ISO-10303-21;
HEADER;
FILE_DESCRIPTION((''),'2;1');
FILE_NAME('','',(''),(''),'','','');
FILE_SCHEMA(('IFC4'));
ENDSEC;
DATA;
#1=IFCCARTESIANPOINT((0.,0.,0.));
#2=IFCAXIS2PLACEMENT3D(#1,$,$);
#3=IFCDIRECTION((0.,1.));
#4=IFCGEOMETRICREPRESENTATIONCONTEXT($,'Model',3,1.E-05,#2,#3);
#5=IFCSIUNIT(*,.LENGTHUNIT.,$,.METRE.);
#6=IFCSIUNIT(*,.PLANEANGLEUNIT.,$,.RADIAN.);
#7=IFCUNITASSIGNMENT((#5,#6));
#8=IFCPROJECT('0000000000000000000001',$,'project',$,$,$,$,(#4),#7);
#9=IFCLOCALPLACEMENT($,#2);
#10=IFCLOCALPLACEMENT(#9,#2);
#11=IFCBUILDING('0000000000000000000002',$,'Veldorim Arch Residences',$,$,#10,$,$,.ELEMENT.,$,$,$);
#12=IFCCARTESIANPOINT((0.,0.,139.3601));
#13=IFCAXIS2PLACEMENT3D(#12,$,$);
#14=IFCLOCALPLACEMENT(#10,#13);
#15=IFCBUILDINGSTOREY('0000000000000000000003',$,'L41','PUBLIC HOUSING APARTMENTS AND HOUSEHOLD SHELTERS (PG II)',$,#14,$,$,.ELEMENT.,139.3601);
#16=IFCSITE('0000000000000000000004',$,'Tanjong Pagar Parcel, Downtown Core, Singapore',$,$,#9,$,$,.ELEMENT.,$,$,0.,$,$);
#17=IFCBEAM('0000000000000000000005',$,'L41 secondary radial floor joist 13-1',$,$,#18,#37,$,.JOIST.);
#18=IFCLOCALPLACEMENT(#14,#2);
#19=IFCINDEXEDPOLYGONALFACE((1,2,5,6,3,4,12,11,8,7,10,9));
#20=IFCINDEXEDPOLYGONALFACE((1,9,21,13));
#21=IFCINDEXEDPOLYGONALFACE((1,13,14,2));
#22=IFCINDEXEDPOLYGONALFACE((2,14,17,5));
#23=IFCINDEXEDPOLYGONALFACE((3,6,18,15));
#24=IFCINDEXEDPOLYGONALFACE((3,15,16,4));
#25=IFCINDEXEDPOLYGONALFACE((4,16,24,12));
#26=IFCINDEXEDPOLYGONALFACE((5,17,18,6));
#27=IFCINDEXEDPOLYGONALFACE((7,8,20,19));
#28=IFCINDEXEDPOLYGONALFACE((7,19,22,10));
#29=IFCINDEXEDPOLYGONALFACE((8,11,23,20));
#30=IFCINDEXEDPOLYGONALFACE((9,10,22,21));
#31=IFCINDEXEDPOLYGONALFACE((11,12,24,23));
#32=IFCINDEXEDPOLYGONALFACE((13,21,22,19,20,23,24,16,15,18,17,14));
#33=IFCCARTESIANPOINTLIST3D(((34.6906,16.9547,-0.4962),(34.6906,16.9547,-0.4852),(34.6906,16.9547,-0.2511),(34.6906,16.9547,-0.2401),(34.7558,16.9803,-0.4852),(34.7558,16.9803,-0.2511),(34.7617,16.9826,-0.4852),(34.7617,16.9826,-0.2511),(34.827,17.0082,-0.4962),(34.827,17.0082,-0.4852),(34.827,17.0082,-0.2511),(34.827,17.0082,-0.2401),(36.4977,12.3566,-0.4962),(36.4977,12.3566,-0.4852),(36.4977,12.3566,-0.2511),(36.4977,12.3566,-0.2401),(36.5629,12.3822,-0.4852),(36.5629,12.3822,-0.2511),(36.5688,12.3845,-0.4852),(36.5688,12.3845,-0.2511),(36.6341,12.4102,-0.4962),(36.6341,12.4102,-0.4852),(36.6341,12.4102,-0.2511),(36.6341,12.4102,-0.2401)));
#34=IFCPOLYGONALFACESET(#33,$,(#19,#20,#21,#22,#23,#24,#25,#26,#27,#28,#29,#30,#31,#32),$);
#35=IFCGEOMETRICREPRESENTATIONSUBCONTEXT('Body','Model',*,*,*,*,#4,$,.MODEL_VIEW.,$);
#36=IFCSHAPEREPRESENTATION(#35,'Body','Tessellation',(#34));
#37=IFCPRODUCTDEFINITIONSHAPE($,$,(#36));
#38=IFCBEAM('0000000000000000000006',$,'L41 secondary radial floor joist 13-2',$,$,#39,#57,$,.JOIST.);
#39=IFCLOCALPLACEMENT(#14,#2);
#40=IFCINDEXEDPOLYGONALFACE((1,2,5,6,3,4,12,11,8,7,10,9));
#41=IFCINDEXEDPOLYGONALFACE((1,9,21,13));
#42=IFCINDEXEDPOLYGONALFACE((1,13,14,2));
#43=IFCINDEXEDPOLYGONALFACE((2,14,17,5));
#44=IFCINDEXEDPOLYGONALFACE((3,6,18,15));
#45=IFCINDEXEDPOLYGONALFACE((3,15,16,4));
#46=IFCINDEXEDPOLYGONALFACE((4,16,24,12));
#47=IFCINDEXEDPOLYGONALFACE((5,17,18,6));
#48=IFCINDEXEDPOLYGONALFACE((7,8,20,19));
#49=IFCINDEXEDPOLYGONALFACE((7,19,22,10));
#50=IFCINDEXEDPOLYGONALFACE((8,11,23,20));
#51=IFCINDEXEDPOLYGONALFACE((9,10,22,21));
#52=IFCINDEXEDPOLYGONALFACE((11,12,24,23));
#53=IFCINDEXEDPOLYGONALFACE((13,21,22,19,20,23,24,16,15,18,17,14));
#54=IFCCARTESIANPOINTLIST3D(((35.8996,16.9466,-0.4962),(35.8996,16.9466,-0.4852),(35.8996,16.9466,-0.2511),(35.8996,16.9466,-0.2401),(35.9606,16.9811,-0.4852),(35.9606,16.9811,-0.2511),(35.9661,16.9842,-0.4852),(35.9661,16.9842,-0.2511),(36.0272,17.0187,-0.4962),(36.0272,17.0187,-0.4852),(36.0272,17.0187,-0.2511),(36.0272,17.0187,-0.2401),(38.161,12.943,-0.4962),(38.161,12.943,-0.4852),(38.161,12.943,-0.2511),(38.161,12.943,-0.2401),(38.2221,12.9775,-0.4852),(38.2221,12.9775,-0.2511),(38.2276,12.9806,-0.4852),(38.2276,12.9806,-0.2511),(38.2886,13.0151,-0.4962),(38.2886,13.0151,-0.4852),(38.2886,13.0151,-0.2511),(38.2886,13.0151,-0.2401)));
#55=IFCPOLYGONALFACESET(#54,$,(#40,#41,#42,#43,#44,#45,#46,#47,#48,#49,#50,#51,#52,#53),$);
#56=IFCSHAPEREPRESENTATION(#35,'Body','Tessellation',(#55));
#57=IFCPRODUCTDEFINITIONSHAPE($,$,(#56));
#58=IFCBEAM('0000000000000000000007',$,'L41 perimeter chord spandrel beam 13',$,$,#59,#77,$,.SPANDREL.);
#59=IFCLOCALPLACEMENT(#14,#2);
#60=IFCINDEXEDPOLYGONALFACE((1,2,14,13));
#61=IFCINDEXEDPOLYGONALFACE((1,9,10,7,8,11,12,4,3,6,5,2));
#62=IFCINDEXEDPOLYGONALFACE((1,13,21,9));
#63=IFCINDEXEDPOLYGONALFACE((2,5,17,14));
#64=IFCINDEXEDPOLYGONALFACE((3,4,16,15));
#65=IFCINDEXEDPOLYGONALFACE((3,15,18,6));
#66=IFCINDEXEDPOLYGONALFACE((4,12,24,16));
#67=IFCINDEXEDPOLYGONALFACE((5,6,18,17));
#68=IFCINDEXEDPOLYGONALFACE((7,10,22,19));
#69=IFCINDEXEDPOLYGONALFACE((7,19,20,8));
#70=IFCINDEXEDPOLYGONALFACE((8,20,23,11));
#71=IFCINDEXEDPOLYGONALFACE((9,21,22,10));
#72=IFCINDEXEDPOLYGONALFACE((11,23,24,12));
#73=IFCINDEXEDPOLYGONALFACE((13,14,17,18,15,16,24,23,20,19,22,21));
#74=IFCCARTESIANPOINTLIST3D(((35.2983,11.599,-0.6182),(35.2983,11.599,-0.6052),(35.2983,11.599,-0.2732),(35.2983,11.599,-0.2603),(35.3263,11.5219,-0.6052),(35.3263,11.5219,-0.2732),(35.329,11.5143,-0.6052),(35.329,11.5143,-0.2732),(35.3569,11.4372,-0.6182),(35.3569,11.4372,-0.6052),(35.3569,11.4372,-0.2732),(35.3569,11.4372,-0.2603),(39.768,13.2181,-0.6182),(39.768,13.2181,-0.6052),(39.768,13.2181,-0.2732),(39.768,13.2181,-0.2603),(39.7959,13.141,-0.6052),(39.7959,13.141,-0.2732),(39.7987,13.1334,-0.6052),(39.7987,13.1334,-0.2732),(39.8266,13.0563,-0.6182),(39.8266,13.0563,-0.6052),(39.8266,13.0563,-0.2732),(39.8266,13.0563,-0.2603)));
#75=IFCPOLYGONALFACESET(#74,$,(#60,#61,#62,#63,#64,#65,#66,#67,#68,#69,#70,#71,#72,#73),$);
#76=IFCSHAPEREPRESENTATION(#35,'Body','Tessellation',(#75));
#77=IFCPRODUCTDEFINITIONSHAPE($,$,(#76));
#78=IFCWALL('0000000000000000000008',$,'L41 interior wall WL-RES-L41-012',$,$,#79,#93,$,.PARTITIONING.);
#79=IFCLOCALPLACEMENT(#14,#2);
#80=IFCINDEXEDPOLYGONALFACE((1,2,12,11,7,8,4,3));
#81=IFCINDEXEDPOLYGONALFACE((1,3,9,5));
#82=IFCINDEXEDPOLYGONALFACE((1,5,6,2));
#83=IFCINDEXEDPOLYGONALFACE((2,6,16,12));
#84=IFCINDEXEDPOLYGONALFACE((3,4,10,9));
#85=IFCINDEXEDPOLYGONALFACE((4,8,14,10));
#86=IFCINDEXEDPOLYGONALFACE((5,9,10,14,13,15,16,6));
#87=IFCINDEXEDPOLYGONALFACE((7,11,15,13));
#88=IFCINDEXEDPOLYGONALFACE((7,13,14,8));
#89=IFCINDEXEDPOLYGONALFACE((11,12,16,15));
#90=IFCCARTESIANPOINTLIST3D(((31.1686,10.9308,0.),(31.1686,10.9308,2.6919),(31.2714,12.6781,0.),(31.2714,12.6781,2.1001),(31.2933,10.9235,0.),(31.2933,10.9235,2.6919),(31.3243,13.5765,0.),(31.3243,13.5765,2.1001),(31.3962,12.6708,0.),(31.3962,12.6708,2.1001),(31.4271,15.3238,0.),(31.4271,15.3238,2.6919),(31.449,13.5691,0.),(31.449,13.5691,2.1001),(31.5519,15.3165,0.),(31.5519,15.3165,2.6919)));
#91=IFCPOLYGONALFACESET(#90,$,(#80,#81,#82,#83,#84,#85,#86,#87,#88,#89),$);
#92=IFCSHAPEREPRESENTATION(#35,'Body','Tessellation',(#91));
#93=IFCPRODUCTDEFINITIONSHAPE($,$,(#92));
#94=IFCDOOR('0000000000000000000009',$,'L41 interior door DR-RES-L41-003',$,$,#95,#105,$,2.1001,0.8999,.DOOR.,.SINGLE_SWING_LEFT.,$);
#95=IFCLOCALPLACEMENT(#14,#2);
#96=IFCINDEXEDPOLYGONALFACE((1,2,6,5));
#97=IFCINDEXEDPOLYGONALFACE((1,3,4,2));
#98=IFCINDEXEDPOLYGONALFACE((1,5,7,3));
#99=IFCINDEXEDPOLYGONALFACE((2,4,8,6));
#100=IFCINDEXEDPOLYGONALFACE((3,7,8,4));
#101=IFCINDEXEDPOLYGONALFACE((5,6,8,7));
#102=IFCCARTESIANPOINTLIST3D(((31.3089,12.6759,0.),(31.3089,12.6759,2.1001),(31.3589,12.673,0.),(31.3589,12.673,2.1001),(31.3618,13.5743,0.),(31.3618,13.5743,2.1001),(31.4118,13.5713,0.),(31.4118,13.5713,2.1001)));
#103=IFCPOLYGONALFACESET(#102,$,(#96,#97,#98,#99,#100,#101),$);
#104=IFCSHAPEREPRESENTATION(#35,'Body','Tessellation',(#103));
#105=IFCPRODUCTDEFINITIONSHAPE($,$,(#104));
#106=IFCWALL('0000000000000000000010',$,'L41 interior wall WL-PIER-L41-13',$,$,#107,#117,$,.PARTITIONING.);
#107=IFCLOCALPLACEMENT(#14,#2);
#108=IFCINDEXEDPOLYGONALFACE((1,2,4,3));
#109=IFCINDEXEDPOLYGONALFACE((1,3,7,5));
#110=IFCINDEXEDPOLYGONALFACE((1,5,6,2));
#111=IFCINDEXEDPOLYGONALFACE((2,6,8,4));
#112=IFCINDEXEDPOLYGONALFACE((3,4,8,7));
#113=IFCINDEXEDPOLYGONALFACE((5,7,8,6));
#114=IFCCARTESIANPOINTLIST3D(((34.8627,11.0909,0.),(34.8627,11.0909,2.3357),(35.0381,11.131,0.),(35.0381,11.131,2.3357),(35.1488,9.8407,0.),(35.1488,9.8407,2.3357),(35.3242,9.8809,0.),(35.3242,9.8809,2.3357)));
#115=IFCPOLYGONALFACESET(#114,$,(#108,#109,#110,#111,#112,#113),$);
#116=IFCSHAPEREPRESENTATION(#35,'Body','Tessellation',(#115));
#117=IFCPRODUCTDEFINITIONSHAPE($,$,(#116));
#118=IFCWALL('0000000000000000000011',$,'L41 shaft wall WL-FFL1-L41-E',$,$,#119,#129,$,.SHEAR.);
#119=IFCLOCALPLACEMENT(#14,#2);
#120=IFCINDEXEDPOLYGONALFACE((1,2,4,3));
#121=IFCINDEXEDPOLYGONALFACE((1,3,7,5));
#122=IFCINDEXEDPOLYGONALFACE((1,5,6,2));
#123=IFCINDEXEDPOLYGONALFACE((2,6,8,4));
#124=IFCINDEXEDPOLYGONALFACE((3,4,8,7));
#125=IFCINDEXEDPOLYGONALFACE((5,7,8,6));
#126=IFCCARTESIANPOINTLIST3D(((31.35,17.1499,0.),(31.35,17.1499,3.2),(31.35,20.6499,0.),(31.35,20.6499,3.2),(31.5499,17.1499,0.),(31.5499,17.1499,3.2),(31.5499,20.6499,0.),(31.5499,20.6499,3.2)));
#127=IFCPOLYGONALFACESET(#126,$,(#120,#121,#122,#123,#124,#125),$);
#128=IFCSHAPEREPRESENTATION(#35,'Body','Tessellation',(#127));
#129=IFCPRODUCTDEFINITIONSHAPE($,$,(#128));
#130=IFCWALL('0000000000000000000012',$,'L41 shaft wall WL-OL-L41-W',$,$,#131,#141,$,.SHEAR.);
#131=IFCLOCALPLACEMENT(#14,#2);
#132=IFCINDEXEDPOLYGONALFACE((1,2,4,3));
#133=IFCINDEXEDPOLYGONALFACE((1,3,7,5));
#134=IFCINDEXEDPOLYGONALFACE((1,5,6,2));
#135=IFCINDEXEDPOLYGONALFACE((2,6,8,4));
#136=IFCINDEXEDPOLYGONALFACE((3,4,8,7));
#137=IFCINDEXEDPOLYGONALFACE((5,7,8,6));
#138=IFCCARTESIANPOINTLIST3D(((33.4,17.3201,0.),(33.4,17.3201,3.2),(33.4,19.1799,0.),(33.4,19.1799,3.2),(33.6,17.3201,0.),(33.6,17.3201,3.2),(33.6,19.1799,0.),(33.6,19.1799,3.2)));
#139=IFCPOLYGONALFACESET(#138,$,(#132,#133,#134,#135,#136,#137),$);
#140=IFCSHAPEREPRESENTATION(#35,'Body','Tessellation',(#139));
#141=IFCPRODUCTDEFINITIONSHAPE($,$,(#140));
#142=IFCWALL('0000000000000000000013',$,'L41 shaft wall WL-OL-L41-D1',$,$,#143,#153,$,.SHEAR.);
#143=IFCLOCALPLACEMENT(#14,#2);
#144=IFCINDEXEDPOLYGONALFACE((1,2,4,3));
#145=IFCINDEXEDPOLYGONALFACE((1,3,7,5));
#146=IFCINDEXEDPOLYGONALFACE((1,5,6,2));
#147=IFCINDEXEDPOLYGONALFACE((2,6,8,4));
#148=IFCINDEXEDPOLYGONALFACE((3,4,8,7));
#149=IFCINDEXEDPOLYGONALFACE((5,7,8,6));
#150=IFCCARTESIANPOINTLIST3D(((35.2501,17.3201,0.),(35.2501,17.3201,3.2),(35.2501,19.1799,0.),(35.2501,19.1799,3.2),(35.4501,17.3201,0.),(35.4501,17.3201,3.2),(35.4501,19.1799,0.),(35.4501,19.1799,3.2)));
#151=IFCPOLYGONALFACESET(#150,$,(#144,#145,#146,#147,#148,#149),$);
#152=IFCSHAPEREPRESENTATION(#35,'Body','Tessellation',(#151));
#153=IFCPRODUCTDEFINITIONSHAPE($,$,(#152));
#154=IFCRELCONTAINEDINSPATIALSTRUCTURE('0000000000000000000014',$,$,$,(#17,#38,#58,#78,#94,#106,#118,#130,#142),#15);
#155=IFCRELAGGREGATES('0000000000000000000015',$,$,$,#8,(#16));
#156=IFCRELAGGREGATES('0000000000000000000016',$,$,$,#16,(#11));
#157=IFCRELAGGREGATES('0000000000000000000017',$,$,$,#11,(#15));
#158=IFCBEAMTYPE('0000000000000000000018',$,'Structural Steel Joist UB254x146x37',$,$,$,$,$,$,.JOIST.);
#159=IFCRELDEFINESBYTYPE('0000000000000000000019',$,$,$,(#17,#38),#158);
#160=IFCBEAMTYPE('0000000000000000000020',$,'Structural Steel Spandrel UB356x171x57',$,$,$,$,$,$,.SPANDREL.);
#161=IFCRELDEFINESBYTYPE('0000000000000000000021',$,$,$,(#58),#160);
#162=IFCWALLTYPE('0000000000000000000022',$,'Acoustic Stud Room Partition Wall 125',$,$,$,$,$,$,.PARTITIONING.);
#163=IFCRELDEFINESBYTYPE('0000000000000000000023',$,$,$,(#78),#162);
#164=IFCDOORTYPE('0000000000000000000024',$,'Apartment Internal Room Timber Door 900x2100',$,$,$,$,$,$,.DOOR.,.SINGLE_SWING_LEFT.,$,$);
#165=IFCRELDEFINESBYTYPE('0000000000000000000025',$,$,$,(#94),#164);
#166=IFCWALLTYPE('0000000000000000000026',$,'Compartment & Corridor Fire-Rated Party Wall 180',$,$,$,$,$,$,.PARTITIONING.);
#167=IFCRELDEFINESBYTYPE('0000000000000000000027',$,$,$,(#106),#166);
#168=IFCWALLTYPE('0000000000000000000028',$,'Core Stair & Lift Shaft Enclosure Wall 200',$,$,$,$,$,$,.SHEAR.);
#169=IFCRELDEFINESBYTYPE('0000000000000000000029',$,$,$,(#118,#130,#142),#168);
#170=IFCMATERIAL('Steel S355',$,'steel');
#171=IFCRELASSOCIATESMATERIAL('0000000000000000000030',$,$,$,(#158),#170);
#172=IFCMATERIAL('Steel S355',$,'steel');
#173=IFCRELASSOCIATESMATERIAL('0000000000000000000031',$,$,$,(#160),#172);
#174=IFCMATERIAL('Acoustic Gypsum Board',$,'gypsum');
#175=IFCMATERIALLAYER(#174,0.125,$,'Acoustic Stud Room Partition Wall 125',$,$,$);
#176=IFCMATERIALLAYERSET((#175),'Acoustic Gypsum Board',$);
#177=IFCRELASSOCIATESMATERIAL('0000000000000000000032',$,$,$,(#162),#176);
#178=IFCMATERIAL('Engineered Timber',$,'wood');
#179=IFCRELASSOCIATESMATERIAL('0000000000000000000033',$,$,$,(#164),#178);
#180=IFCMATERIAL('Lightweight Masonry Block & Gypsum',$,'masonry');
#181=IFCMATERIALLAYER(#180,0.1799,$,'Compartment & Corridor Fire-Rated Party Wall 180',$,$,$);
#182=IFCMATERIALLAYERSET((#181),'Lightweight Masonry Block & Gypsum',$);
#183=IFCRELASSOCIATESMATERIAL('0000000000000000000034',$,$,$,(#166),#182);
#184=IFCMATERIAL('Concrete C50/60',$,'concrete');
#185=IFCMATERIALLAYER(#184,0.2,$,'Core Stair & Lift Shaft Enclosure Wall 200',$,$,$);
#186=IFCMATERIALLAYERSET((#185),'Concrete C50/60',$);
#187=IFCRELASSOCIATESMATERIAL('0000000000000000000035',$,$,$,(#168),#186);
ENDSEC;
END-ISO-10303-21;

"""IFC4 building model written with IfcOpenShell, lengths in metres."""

from ifc_helpers import new_model, si_unit, direction, frame, frame_2d, origin, origin_2d, place, context, subcontext, project, spatial, rectangle, i_section, extrude, material, layer, layer_set, material_profile, profile_set, type_object, element, fill, save


model = new_model("IFC4")

# Units and contexts
model_context = context("Model", 3, precision=1e-05, world=origin(), true_north=direction((0.0, 1.0)))
body_context = subcontext(model_context, "Body", "Model", "MODEL_VIEW")
ifc_project = project(units=[si_unit("LENGTHUNIT", "METRE"), si_unit("PLANEANGLEUNIT", "RADIAN")], contexts=[model_context])

# Site, building, storey
site_placement = place(None, origin())
site = spatial("IfcSite", under=ifc_project, at=site_placement, Name="Tanjong Pagar Parcel, Downtown Core, Singapore", CompositionType="ELEMENT", RefElevation=0.0)
building_placement = place(site_placement, origin())
building = spatial("IfcBuilding", under=site, at=building_placement, Name="Veldorim Arch Residences", CompositionType="ELEMENT")
storey_placement = place(building_placement, frame((0.0, 0.0, 139.3601)))
storey = spatial("IfcBuildingStorey", under=building, at=storey_placement, Name="L41", Description="PUBLIC HOUSING APARTMENTS AND HOUSEHOLD SHELTERS (PG II)", CompositionType="ELEMENT", Elevation=139.3601)

# Beams
ifc_material_1 = material(Name="Steel S355", Category="steel")
ifc_material_profile_1 = material_profile(ifc_material_1, i_section(OverallWidth=0.1465, OverallDepth=0.2561, WebThickness=0.0063, FlangeThickness=0.011, at=origin_2d()), Name="UB254x146x37")
ifc_profile_set_1 = profile_set([ifc_material_profile_1], Name="Steel S355")
beam_type_1 = type_object("IfcBeamType", Name="Structural Steel Joist UB254x146x37", PredefinedType="JOIST", material=ifc_profile_set_1)
beam_1_placement = place(storey_placement, frame((34.7588, 16.9814, -0.3682), z_axis=(0.365778, -0.930702, 0.0), x_axis=(0.930702, 0.365778, 0.0)))
element("IfcBeam", 1, at=beam_1_placement, inside=storey, type_object=beam_type_1, Name="L41 secondary radial floor joist 13-1", PredefinedType="JOIST", context=body_context, shape_type="SweptSolid", body=[
    extrude(i_section(OverallWidth=0.1465, OverallDepth=0.2561, WebThickness=0.0063, FlangeThickness=0.011, at=origin_2d()), origin(), (0.0, 0.0, 1.0), 4.9404),
])
beam_2_placement = place(storey_placement, frame((35.9634, 16.9827, -0.3682), z_axis=(0.491816, -0.870699, 0.0), x_axis=(0.870699, 0.491816, 0.0)))
element("IfcBeam", 2, at=beam_2_placement, inside=storey, type_object=beam_type_1, Name="L41 secondary radial floor joist 13-2", PredefinedType="JOIST", context=body_context, shape_type="SweptSolid", body=[
    extrude(i_section(OverallWidth=0.1465, OverallDepth=0.2561, WebThickness=0.0063, FlangeThickness=0.011, at=origin_2d()), origin(), (0.0, 0.0, 1.0), 4.5981),
])
ifc_material_2 = material(Name="Steel S355", Category="steel")
ifc_material_profile_2 = material_profile(ifc_material_2, i_section(OverallWidth=0.1721, OverallDepth=0.3579, WebThickness=0.0081, FlangeThickness=0.0129, at=origin_2d()), Name="UB356x171x57")
ifc_profile_set_2 = profile_set([ifc_material_profile_2], Name="Steel S355")
beam_type_2 = type_object("IfcBeamType", Name="Structural Steel Spandrel UB356x171x57", PredefinedType="SPANDREL", material=ifc_profile_set_2)
beam_3_placement = place(storey_placement, frame((35.3276, 11.5181, -0.4392), z_axis=(0.940213, 0.340588, 0.0), x_axis=(-0.340588, 0.940213, 0.0)))
element("IfcBeam", 3, at=beam_3_placement, inside=storey, type_object=beam_type_2, Name="L41 perimeter chord spandrel beam 13", PredefinedType="SPANDREL", context=body_context, shape_type="SweptSolid", body=[
    extrude(i_section(OverallWidth=0.1721, OverallDepth=0.3579, WebThickness=0.0081, FlangeThickness=0.0129, at=origin_2d()), origin(), (0.0, 0.0, 1.0), 4.7539),
])

# Wall, opening, door
ifc_material_3 = material(Name="Acoustic Gypsum Board", Category="gypsum")
ifc_layer_1 = layer(ifc_material_3, 0.125, Name="Acoustic Stud Room Partition Wall 125")
ifc_layer_set_1 = layer_set([ifc_layer_1], Name="Acoustic Gypsum Board")
wall_type_1 = type_object("IfcWallType", Name="Acoustic Stud Room Partition Wall 125", PredefinedType="PARTITIONING", material=ifc_layer_set_1)
wall_1_placement = place(storey_placement, frame((31.231, 10.9272, 0.0), z_axis=(0.0, 0.0, 1.0), x_axis=(0.058751, 0.998273, 0.0)))
wall_1 = element("IfcWall", 4, at=wall_1_placement, inside=storey, type_object=wall_type_1, Name="L41 interior wall WL-RES-L41-012", PredefinedType="PARTITIONING", context=body_context, shape_type="SweptSolid", body=[
    extrude(rectangle(XDim=4.4006, YDim=0.125, at=frame_2d((2.2002, 0.0))), origin(), (0.0, 0.0, 1.0), 2.6919),
])
opening_1_placement = place(wall_1_placement, frame((1.7502, 0.0, 0.0)))
opening_1 = element("IfcOpeningElement", 5, at=opening_1_placement, cuts=wall_1, PredefinedType="OPENING", context=body_context, shape_type="SweptSolid", body=[
    extrude(rectangle(XDim=0.8999, YDim=2.1001, at=frame_2d((0.45, 1.05))), frame((0.0, 0.0725, 0.0), z_axis=(0.0, -1.0, 0.0), x_axis=(1.0, 0.0, 0.0)), (0.0, 0.0, 1.0), 0.145),
])
ifc_material_4 = material(Name="Engineered Timber", Category="wood")
door_type_1 = type_object("IfcDoorType", Name="Apartment Internal Room Timber Door 900x2100", OperationType="SINGLE_SWING_LEFT", PredefinedType="DOOR", material=ifc_material_4)
door_1_placement = place(opening_1_placement, origin())
door_1 = element("IfcDoor", 6, at=door_1_placement, inside=storey, type_object=door_type_1, Name="L41 interior door DR-RES-L41-003", OperationType="SINGLE_SWING_LEFT", OverallHeight=2.1001, OverallWidth=0.8999, PredefinedType="DOOR", context=body_context, shape_type="SweptSolid", body=[
    extrude(rectangle(XDim=0.8999, YDim=2.1001, at=frame_2d((0.45, 1.05))), frame((0.0, 0.0249, 0.0), z_axis=(0.0, -1.0, 0.0), x_axis=(1.0, 0.0, 0.0)), (0.0, 0.0, 1.0), 0.05),
])
fill(opening_1, door_1)

# Walls
ifc_material_5 = material(Name="Lightweight Masonry Block & Gypsum", Category="masonry")
ifc_layer_2 = layer(ifc_material_5, 0.1799, Name="Compartment & Corridor Fire-Rated Party Wall 180")
ifc_layer_set_2 = layer_set([ifc_layer_2], Name="Lightweight Masonry Block & Gypsum")
wall_type_2 = type_object("IfcWallType", Name="Compartment & Corridor Fire-Rated Party Wall 180", PredefinedType="PARTITIONING", material=ifc_layer_set_2)
wall_2_placement = place(storey_placement, frame((34.9504, 11.1108, 0.0), z_axis=(0.0, 0.0, 1.0), x_axis=(0.223094, -0.974797, 0.0)))
element("IfcWall", 7, at=wall_2_placement, inside=storey, type_object=wall_type_2, Name="L41 interior wall WL-PIER-L41-13", PredefinedType="PARTITIONING", context=body_context, shape_type="SweptSolid", body=[
    extrude(rectangle(XDim=1.2825, YDim=0.1799, at=frame_2d((0.6411, 0.0))), origin(), (0.0, 0.0, 1.0), 2.3357),
])
ifc_material_6 = material(Name="Concrete C50/60", Category="concrete")
ifc_layer_3 = layer(ifc_material_6, 0.2, Name="Core Stair & Lift Shaft Enclosure Wall 200")
ifc_layer_set_3 = layer_set([ifc_layer_3], Name="Concrete C50/60")
wall_type_3 = type_object("IfcWallType", Name="Core Stair & Lift Shaft Enclosure Wall 200", PredefinedType="SHEAR", material=ifc_layer_set_3)
wall_3_placement = place(storey_placement, frame((31.45, 17.1499, 0.0), z_axis=(0.0, 0.0, 1.0), x_axis=(0.0, 1.0, 0.0)))
element("IfcWall", 8, at=wall_3_placement, inside=storey, type_object=wall_type_3, Name="L41 shaft wall WL-FFL1-L41-E", PredefinedType="SHEAR", context=body_context, shape_type="SweptSolid", body=[
    extrude(rectangle(XDim=3.5, YDim=0.2, at=frame_2d((1.75, 0.0))), origin(), (0.0, 0.0, 1.0), 3.2),
])
for number, where, z_axis, x_axis, name in (
    (9, (33.5, 17.3201, 0.0), (0.0, 0.0, 1.0), (0.0, 1.0, 0.0), "L41 shaft wall WL-OL-L41-W"),
    (10, (35.3501, 17.3201, 0.0), (0.0, 0.0, 1.0), (0.0, 1.0, 0.0), "L41 shaft wall WL-OL-L41-D1"),
):
    element("IfcWall", number, at=place(storey_placement, frame(where, z_axis=z_axis, x_axis=x_axis)), inside=storey, type_object=wall_type_3, Name=name, PredefinedType="SHEAR", context=body_context, shape_type="SweptSolid", body=[
        extrude(rectangle(XDim=1.8599, YDim=0.2, at=frame_2d((0.9299, 0.0))), origin(), (0.0, 0.0, 1.0), 3.2),
    ])

save(model, "model.ifc")
